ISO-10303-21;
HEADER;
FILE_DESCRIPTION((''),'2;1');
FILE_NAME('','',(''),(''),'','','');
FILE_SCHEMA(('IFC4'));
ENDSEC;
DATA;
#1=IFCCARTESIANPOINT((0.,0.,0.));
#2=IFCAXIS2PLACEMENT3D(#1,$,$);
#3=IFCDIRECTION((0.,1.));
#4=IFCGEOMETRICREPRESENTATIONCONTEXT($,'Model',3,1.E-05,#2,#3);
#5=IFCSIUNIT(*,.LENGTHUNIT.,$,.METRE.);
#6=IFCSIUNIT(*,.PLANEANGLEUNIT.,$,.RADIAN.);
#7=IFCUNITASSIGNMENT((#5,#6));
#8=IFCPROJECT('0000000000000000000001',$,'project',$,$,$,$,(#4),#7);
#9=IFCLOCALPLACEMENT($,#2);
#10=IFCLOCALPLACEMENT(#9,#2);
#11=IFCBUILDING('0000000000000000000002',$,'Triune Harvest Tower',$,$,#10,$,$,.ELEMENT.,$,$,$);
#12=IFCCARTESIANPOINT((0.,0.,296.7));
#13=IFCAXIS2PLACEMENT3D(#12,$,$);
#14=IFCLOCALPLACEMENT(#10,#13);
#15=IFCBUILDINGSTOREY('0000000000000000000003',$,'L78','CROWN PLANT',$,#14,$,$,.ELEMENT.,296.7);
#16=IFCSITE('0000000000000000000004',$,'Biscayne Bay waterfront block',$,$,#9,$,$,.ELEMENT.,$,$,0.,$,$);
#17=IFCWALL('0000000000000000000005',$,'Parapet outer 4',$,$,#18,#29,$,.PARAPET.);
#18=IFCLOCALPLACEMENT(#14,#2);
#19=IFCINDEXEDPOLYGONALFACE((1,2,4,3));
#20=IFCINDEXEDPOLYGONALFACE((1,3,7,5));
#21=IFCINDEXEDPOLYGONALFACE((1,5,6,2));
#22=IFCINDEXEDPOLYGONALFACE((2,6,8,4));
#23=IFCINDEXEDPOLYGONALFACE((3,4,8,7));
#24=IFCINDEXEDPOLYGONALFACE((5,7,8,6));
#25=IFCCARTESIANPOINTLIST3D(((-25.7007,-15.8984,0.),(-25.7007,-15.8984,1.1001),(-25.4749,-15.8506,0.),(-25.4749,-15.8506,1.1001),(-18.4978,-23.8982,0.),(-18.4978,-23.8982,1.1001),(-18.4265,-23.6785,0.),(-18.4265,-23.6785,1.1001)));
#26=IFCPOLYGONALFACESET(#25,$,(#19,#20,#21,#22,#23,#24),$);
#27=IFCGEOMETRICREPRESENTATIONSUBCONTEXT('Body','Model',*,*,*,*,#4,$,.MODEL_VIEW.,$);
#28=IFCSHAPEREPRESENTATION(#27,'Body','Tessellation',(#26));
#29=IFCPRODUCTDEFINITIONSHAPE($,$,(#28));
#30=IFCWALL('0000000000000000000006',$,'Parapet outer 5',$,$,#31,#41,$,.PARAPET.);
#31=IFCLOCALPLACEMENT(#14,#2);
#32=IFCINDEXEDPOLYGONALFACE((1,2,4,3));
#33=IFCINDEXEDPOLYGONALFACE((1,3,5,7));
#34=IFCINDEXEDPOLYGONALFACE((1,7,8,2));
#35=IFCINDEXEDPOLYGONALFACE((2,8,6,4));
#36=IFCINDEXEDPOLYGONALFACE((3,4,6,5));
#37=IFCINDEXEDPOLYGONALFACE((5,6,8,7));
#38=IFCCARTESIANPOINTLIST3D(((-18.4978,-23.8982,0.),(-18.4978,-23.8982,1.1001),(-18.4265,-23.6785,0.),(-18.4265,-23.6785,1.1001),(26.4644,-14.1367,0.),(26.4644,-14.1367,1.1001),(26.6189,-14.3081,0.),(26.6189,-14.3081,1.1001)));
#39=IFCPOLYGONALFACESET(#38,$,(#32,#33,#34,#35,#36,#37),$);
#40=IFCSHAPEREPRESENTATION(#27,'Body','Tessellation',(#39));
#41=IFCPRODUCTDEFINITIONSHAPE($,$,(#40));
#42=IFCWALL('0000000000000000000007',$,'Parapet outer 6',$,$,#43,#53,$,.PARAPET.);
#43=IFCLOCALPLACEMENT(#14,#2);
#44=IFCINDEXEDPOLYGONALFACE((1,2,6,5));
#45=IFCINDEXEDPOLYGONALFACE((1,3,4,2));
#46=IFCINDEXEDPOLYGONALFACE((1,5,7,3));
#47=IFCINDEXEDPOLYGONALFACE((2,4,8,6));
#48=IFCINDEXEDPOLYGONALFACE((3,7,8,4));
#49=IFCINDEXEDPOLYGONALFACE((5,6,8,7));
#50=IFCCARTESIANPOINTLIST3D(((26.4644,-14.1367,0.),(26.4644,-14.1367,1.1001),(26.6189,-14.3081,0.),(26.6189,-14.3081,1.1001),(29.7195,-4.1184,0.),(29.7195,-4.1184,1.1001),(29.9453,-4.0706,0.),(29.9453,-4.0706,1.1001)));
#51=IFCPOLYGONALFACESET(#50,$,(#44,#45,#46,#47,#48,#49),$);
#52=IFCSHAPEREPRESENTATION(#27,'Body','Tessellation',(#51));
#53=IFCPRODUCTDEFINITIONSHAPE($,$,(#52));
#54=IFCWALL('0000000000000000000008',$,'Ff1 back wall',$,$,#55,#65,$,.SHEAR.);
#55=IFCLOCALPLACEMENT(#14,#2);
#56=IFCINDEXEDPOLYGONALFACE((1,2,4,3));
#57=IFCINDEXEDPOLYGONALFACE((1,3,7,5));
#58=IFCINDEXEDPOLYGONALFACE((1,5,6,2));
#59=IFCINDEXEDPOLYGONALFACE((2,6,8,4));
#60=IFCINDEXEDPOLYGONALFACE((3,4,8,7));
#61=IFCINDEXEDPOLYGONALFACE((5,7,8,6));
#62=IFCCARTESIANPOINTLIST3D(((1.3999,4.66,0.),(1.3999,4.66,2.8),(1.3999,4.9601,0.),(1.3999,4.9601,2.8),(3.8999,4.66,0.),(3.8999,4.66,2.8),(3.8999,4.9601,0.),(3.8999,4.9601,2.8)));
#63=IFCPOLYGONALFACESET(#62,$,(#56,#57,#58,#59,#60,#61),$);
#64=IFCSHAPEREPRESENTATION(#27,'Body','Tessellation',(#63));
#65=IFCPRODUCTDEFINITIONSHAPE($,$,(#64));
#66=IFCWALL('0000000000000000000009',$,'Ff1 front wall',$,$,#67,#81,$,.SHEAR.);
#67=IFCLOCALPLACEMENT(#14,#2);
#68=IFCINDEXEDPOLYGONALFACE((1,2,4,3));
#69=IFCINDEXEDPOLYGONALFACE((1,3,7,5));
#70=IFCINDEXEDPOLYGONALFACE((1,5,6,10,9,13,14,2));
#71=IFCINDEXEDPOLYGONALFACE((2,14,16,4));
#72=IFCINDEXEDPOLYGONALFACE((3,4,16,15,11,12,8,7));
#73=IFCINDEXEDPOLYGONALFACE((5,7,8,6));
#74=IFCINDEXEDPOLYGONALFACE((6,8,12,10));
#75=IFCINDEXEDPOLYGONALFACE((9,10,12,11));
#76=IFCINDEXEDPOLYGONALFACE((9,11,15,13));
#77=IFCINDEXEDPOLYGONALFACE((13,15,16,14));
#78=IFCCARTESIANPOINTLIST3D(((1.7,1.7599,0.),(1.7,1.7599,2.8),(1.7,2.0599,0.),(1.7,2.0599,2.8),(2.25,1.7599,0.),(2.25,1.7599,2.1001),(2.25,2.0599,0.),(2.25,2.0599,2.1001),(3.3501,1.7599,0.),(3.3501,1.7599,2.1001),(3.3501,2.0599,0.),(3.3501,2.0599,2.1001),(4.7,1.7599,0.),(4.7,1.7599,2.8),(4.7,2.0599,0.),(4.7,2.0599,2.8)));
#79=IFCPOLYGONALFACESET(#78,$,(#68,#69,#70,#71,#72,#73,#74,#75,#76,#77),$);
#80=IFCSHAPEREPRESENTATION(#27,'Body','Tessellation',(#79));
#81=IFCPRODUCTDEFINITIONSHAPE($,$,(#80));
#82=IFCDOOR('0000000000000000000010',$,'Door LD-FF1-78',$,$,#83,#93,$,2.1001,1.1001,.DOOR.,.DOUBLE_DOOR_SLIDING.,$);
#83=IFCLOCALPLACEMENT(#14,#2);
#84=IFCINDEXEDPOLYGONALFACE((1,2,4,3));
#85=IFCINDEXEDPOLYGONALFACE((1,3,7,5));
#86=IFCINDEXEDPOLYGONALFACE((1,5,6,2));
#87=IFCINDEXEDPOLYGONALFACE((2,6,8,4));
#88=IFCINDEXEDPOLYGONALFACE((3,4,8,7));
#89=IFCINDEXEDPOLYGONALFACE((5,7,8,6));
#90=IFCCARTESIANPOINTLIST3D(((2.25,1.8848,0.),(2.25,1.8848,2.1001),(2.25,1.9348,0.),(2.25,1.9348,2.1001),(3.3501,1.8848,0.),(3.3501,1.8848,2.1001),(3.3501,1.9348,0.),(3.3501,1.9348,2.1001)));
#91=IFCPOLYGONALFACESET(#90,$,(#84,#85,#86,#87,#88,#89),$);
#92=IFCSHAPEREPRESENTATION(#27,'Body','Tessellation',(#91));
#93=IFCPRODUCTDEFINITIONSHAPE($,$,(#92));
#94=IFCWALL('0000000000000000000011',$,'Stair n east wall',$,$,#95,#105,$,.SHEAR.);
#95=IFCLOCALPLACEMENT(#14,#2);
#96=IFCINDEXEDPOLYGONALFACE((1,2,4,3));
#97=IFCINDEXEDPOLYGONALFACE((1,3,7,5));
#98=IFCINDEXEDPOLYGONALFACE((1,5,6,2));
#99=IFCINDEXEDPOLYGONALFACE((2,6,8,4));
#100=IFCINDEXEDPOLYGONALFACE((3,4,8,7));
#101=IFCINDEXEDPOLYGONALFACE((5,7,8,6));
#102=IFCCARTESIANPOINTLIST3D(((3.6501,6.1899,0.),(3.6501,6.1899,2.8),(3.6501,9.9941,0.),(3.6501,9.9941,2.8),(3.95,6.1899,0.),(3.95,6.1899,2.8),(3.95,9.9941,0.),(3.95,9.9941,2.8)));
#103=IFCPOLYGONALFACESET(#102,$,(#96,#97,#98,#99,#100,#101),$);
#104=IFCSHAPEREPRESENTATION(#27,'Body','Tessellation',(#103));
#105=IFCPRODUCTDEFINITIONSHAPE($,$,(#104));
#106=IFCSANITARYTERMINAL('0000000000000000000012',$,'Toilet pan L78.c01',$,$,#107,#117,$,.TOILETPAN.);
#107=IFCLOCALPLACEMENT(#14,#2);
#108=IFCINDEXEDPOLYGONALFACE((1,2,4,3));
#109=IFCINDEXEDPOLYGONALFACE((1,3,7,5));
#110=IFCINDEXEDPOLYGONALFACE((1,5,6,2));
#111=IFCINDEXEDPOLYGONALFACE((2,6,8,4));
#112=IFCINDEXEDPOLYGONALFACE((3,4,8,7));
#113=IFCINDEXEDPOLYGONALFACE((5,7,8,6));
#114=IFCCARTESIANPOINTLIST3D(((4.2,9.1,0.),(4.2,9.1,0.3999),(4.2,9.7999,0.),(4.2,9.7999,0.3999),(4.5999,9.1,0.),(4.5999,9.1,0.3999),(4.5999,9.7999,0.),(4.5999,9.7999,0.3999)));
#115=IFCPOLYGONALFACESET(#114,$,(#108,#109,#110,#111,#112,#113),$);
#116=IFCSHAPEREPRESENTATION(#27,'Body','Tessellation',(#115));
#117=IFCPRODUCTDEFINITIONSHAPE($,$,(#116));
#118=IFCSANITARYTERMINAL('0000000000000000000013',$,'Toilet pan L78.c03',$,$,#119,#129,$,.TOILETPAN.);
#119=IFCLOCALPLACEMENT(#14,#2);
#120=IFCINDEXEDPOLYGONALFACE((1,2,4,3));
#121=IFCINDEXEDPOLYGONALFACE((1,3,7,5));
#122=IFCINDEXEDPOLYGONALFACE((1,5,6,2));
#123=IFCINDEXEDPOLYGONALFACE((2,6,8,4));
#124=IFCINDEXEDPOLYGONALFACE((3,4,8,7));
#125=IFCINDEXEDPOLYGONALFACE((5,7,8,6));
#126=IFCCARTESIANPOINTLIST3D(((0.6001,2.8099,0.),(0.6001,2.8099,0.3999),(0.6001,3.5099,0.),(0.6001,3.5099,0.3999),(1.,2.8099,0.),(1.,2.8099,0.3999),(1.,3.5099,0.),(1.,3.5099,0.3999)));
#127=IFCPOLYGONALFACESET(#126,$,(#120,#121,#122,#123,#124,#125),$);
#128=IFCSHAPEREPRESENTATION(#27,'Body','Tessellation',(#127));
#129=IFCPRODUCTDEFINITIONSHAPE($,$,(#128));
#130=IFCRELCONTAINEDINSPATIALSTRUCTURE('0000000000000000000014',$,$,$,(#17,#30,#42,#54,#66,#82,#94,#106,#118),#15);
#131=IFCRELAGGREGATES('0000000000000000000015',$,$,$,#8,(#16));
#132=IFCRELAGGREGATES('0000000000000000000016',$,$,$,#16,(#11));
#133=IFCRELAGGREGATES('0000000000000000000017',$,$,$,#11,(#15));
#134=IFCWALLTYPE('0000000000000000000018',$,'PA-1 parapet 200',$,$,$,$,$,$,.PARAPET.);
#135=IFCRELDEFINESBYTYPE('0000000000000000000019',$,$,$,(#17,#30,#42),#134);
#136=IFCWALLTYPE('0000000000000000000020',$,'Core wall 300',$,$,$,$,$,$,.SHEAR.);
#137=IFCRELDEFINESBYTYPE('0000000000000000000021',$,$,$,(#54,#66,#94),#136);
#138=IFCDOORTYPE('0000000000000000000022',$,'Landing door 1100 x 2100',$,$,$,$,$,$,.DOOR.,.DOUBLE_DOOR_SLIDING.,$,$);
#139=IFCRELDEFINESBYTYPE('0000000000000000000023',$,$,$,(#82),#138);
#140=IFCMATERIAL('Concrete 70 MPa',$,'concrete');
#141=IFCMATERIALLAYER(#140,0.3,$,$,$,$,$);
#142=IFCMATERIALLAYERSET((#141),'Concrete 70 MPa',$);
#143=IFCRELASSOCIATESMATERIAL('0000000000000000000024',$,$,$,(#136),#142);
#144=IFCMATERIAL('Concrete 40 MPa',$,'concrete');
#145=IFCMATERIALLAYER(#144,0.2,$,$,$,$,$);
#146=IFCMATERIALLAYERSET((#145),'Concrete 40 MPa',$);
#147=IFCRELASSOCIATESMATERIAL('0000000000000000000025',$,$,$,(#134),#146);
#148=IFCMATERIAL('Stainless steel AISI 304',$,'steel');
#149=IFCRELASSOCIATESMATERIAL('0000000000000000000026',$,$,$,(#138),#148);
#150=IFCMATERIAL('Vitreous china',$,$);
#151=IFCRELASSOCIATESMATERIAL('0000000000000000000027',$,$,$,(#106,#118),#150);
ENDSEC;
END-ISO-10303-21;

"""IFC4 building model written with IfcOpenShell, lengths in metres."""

from ifc_helpers import new_model, si_unit, direction, frame, frame_2d, origin, origin_2d, place, context, subcontext, project, spatial, polyline, rectangle, outline, extrude, source, transform, mapped, material, layer, layer_set, type_object, element, fill, save


model = new_model("IFC4")

# Units and contexts
model_context = context("Model", 3, precision=1e-05, world=origin(), true_north=direction((0.0, 1.0)))
body_context = subcontext(model_context, "Body", "Model", "MODEL_VIEW")
ifc_project = project(units=[si_unit("LENGTHUNIT", "METRE"), si_unit("PLANEANGLEUNIT", "RADIAN")], contexts=[model_context])

# Site, building, storey
site_placement = place(None, origin())
site = spatial("IfcSite", under=ifc_project, at=site_placement, Name="Biscayne Bay waterfront block", CompositionType="ELEMENT", RefElevation=0.0)
building_placement = place(site_placement, origin())
building = spatial("IfcBuilding", under=site, at=building_placement, Name="Triune Harvest Tower", CompositionType="ELEMENT")
storey_placement = place(building_placement, frame((0.0, 0.0, 296.7)))
storey = spatial("IfcBuildingStorey", under=building, at=storey_placement, Name="L78", Description="CROWN PLANT", CompositionType="ELEMENT", Elevation=296.7)

# Walls
ifc_material_1 = material(Name="Concrete 70 MPa", Category="concrete")
ifc_layer_1 = layer(ifc_material_1, 0.3)
ifc_layer_set_1 = layer_set([ifc_layer_1], Name="Concrete 70 MPa")
wall_type_1 = type_object("IfcWallType", Name="Core wall 300", PredefinedType="SHEAR", material=ifc_layer_set_1)
ifc_material_2 = material(Name="Concrete 40 MPa", Category="concrete")
ifc_layer_2 = layer(ifc_material_2, 0.2)
ifc_layer_set_2 = layer_set([ifc_layer_2], Name="Concrete 40 MPa")
wall_type_2 = type_object("IfcWallType", Name="PA-1 parapet 200", PredefinedType="PARAPET", material=ifc_layer_set_2)
wall_1_placement = place(storey_placement, origin())
element("IfcWall", 1, at=wall_1_placement, inside=storey, type_object=wall_type_2, Name="Parapet outer 4", PredefinedType="PARAPET", context=body_context, shape_type="SweptSolid", body=[
    extrude(outline(polyline([(-25.7007, -15.8984), (-18.4978, -23.8982), (-18.4265, -23.6785), (-25.4749, -15.8506), (-25.7007, -15.8984)])), origin(), (0.0, 0.0, 1.0), 1.1001),
])
wall_2_placement = place(storey_placement, origin())
element("IfcWall", 2, at=wall_2_placement, inside=storey, type_object=wall_type_2, Name="Parapet outer 5", PredefinedType="PARAPET", context=body_context, shape_type="SweptSolid", body=[
    extrude(outline(polyline([(-18.4978, -23.8982), (26.6189, -14.3081), (26.4644, -14.1367), (-18.4265, -23.6785), (-18.4978, -23.8982)])), origin(), (0.0, 0.0, 1.0), 1.1001),
])
wall_3_placement = place(storey_placement, origin())
element("IfcWall", 3, at=wall_3_placement, inside=storey, type_object=wall_type_2, Name="Parapet outer 6", PredefinedType="PARAPET", context=body_context, shape_type="SweptSolid", body=[
    extrude(outline(polyline([(26.6189, -14.3081), (29.9453, -4.0706), (29.7195, -4.1184), (26.4644, -14.1367), (26.6189, -14.3081)])), origin(), (0.0, 0.0, 1.0), 1.1001),
])
shared_shape_1 = source(origin(), body_context, "Body", "SweptSolid", [
    extrude(rectangle(XDim=2.5, YDim=0.3, at=frame_2d((1.25, 0.0))), origin(), (0.0, 0.0, 1.0), 2.8),
])
wall_4_placement = place(storey_placement, frame((1.3999, 4.8101, 0.0), z_axis=(0.0, 0.0, 1.0), x_axis=(1.0, 0.0, 0.0)))
element("IfcWall", 4, at=wall_4_placement, inside=storey, type_object=wall_type_1, Name="Ff1 back wall", PredefinedType="SHEAR", context=body_context, shape_type="MappedRepresentation", body=[
    mapped(shared_shape_1, transform((0.0, 0.0, 0.0), scale=1.0)),
])

# Wall, opening, door
shared_shape_2 = source(origin(), body_context, "Body", "SweptSolid", [
    extrude(rectangle(XDim=3.0, YDim=0.3, at=frame_2d((1.5, 0.0))), origin(), (0.0, 0.0, 1.0), 2.8),
])
wall_5_placement = place(storey_placement, frame((1.7, 1.9099, 0.0), z_axis=(0.0, 0.0, 1.0), x_axis=(1.0, 0.0, 0.0)))
wall_5 = element("IfcWall", 5, at=wall_5_placement, inside=storey, type_object=wall_type_1, Name="Ff1 front wall", PredefinedType="SHEAR", context=body_context, shape_type="MappedRepresentation", body=[
    mapped(shared_shape_2, transform((0.0, 0.0, 0.0), scale=1.0)),
])
opening_1_placement = place(wall_5_placement, frame((0.55, 0.0, 0.0)))
opening_1 = element("IfcOpeningElement", 6, at=opening_1_placement, cuts=wall_5, PredefinedType="OPENING", context=body_context, shape_type="SweptSolid", body=[
    extrude(rectangle(XDim=1.1001, YDim=2.1001, at=frame_2d((0.55, 1.05))), frame((0.0, 0.1602, 0.0), z_axis=(0.0, -1.0, 0.0), x_axis=(1.0, 0.0, 0.0)), (0.0, 0.0, 1.0), 0.3201),
])
ifc_material_3 = material(Name="Stainless steel AISI 304", Category="steel")
door_type_1 = type_object("IfcDoorType", Name="Landing door 1100 x 2100", OperationType="DOUBLE_DOOR_SLIDING", PredefinedType="DOOR", material=ifc_material_3)
door_1_placement = place(opening_1_placement, origin())
door_1 = element("IfcDoor", 7, at=door_1_placement, inside=storey, type_object=door_type_1, Name="Door LD-FF1-78", OperationType="DOUBLE_DOOR_SLIDING", OverallHeight=2.1001, OverallWidth=1.1001, PredefinedType="DOOR", context=body_context, shape_type="SweptSolid", body=[
    extrude(rectangle(XDim=1.1001, YDim=2.1001, at=frame_2d((0.55, 1.05))), frame((0.0, 0.0249, 0.0), z_axis=(0.0, -1.0, 0.0), x_axis=(1.0, 0.0, 0.0)), (0.0, 0.0, 1.0), 0.05),
])
fill(opening_1, door_1)

# Wall
shared_shape_3 = source(origin(), body_context, "Body", "SweptSolid", [
    extrude(outline(polyline([(0.0, -0.1499), (0.0, 0.1499), (3.8042, 0.1499), (3.8042, -0.1499), (0.0, -0.1499)])), origin(), (0.0, 0.0, 1.0), 2.8),
])
wall_6_placement = place(storey_placement, frame((3.8, 6.1899, 0.0), z_axis=(0.0, 0.0, 1.0), x_axis=(0.0, 1.0, 0.0)))
element("IfcWall", 8, at=wall_6_placement, inside=storey, type_object=wall_type_1, Name="Stair n east wall", PredefinedType="SHEAR", context=body_context, shape_type="MappedRepresentation", body=[
    mapped(shared_shape_3, transform((0.0, 0.0, 0.0), scale=1.0)),
])

# Sanitary terminals
ifc_material_4 = material(Name="Vitreous china")
shared_shape_4 = source(origin(), body_context, "Body", "SweptSolid", [
    extrude(rectangle(XDim=0.3999, YDim=0.7, at=origin_2d()), origin(), (0.0, 0.0, 1.0), 0.3999),
])
for number, where, z_axis, x_axis, name in (
    (9, (4.3999, 9.45, 0.0), (0.0, 0.0, 1.0), (1.0, 0.0, 0.0), "Toilet pan L78.c01"),
    (10, (0.8, 3.1599, 0.0), (0.0, 0.0, 1.0), (-1.0, 0.0, 0.0), "Toilet pan L78.c03"),
):
    element("IfcSanitaryTerminal", number, at=place(storey_placement, frame(where, z_axis=z_axis, x_axis=x_axis)), inside=storey, material=ifc_material_4, Name=name, PredefinedType="TOILETPAN", context=body_context, shape_type="MappedRepresentation", body=[
        mapped(shared_shape_4, transform((0.0, 0.0, 0.0), scale=1.0)),
    ])

save(model, "model.ifc")
